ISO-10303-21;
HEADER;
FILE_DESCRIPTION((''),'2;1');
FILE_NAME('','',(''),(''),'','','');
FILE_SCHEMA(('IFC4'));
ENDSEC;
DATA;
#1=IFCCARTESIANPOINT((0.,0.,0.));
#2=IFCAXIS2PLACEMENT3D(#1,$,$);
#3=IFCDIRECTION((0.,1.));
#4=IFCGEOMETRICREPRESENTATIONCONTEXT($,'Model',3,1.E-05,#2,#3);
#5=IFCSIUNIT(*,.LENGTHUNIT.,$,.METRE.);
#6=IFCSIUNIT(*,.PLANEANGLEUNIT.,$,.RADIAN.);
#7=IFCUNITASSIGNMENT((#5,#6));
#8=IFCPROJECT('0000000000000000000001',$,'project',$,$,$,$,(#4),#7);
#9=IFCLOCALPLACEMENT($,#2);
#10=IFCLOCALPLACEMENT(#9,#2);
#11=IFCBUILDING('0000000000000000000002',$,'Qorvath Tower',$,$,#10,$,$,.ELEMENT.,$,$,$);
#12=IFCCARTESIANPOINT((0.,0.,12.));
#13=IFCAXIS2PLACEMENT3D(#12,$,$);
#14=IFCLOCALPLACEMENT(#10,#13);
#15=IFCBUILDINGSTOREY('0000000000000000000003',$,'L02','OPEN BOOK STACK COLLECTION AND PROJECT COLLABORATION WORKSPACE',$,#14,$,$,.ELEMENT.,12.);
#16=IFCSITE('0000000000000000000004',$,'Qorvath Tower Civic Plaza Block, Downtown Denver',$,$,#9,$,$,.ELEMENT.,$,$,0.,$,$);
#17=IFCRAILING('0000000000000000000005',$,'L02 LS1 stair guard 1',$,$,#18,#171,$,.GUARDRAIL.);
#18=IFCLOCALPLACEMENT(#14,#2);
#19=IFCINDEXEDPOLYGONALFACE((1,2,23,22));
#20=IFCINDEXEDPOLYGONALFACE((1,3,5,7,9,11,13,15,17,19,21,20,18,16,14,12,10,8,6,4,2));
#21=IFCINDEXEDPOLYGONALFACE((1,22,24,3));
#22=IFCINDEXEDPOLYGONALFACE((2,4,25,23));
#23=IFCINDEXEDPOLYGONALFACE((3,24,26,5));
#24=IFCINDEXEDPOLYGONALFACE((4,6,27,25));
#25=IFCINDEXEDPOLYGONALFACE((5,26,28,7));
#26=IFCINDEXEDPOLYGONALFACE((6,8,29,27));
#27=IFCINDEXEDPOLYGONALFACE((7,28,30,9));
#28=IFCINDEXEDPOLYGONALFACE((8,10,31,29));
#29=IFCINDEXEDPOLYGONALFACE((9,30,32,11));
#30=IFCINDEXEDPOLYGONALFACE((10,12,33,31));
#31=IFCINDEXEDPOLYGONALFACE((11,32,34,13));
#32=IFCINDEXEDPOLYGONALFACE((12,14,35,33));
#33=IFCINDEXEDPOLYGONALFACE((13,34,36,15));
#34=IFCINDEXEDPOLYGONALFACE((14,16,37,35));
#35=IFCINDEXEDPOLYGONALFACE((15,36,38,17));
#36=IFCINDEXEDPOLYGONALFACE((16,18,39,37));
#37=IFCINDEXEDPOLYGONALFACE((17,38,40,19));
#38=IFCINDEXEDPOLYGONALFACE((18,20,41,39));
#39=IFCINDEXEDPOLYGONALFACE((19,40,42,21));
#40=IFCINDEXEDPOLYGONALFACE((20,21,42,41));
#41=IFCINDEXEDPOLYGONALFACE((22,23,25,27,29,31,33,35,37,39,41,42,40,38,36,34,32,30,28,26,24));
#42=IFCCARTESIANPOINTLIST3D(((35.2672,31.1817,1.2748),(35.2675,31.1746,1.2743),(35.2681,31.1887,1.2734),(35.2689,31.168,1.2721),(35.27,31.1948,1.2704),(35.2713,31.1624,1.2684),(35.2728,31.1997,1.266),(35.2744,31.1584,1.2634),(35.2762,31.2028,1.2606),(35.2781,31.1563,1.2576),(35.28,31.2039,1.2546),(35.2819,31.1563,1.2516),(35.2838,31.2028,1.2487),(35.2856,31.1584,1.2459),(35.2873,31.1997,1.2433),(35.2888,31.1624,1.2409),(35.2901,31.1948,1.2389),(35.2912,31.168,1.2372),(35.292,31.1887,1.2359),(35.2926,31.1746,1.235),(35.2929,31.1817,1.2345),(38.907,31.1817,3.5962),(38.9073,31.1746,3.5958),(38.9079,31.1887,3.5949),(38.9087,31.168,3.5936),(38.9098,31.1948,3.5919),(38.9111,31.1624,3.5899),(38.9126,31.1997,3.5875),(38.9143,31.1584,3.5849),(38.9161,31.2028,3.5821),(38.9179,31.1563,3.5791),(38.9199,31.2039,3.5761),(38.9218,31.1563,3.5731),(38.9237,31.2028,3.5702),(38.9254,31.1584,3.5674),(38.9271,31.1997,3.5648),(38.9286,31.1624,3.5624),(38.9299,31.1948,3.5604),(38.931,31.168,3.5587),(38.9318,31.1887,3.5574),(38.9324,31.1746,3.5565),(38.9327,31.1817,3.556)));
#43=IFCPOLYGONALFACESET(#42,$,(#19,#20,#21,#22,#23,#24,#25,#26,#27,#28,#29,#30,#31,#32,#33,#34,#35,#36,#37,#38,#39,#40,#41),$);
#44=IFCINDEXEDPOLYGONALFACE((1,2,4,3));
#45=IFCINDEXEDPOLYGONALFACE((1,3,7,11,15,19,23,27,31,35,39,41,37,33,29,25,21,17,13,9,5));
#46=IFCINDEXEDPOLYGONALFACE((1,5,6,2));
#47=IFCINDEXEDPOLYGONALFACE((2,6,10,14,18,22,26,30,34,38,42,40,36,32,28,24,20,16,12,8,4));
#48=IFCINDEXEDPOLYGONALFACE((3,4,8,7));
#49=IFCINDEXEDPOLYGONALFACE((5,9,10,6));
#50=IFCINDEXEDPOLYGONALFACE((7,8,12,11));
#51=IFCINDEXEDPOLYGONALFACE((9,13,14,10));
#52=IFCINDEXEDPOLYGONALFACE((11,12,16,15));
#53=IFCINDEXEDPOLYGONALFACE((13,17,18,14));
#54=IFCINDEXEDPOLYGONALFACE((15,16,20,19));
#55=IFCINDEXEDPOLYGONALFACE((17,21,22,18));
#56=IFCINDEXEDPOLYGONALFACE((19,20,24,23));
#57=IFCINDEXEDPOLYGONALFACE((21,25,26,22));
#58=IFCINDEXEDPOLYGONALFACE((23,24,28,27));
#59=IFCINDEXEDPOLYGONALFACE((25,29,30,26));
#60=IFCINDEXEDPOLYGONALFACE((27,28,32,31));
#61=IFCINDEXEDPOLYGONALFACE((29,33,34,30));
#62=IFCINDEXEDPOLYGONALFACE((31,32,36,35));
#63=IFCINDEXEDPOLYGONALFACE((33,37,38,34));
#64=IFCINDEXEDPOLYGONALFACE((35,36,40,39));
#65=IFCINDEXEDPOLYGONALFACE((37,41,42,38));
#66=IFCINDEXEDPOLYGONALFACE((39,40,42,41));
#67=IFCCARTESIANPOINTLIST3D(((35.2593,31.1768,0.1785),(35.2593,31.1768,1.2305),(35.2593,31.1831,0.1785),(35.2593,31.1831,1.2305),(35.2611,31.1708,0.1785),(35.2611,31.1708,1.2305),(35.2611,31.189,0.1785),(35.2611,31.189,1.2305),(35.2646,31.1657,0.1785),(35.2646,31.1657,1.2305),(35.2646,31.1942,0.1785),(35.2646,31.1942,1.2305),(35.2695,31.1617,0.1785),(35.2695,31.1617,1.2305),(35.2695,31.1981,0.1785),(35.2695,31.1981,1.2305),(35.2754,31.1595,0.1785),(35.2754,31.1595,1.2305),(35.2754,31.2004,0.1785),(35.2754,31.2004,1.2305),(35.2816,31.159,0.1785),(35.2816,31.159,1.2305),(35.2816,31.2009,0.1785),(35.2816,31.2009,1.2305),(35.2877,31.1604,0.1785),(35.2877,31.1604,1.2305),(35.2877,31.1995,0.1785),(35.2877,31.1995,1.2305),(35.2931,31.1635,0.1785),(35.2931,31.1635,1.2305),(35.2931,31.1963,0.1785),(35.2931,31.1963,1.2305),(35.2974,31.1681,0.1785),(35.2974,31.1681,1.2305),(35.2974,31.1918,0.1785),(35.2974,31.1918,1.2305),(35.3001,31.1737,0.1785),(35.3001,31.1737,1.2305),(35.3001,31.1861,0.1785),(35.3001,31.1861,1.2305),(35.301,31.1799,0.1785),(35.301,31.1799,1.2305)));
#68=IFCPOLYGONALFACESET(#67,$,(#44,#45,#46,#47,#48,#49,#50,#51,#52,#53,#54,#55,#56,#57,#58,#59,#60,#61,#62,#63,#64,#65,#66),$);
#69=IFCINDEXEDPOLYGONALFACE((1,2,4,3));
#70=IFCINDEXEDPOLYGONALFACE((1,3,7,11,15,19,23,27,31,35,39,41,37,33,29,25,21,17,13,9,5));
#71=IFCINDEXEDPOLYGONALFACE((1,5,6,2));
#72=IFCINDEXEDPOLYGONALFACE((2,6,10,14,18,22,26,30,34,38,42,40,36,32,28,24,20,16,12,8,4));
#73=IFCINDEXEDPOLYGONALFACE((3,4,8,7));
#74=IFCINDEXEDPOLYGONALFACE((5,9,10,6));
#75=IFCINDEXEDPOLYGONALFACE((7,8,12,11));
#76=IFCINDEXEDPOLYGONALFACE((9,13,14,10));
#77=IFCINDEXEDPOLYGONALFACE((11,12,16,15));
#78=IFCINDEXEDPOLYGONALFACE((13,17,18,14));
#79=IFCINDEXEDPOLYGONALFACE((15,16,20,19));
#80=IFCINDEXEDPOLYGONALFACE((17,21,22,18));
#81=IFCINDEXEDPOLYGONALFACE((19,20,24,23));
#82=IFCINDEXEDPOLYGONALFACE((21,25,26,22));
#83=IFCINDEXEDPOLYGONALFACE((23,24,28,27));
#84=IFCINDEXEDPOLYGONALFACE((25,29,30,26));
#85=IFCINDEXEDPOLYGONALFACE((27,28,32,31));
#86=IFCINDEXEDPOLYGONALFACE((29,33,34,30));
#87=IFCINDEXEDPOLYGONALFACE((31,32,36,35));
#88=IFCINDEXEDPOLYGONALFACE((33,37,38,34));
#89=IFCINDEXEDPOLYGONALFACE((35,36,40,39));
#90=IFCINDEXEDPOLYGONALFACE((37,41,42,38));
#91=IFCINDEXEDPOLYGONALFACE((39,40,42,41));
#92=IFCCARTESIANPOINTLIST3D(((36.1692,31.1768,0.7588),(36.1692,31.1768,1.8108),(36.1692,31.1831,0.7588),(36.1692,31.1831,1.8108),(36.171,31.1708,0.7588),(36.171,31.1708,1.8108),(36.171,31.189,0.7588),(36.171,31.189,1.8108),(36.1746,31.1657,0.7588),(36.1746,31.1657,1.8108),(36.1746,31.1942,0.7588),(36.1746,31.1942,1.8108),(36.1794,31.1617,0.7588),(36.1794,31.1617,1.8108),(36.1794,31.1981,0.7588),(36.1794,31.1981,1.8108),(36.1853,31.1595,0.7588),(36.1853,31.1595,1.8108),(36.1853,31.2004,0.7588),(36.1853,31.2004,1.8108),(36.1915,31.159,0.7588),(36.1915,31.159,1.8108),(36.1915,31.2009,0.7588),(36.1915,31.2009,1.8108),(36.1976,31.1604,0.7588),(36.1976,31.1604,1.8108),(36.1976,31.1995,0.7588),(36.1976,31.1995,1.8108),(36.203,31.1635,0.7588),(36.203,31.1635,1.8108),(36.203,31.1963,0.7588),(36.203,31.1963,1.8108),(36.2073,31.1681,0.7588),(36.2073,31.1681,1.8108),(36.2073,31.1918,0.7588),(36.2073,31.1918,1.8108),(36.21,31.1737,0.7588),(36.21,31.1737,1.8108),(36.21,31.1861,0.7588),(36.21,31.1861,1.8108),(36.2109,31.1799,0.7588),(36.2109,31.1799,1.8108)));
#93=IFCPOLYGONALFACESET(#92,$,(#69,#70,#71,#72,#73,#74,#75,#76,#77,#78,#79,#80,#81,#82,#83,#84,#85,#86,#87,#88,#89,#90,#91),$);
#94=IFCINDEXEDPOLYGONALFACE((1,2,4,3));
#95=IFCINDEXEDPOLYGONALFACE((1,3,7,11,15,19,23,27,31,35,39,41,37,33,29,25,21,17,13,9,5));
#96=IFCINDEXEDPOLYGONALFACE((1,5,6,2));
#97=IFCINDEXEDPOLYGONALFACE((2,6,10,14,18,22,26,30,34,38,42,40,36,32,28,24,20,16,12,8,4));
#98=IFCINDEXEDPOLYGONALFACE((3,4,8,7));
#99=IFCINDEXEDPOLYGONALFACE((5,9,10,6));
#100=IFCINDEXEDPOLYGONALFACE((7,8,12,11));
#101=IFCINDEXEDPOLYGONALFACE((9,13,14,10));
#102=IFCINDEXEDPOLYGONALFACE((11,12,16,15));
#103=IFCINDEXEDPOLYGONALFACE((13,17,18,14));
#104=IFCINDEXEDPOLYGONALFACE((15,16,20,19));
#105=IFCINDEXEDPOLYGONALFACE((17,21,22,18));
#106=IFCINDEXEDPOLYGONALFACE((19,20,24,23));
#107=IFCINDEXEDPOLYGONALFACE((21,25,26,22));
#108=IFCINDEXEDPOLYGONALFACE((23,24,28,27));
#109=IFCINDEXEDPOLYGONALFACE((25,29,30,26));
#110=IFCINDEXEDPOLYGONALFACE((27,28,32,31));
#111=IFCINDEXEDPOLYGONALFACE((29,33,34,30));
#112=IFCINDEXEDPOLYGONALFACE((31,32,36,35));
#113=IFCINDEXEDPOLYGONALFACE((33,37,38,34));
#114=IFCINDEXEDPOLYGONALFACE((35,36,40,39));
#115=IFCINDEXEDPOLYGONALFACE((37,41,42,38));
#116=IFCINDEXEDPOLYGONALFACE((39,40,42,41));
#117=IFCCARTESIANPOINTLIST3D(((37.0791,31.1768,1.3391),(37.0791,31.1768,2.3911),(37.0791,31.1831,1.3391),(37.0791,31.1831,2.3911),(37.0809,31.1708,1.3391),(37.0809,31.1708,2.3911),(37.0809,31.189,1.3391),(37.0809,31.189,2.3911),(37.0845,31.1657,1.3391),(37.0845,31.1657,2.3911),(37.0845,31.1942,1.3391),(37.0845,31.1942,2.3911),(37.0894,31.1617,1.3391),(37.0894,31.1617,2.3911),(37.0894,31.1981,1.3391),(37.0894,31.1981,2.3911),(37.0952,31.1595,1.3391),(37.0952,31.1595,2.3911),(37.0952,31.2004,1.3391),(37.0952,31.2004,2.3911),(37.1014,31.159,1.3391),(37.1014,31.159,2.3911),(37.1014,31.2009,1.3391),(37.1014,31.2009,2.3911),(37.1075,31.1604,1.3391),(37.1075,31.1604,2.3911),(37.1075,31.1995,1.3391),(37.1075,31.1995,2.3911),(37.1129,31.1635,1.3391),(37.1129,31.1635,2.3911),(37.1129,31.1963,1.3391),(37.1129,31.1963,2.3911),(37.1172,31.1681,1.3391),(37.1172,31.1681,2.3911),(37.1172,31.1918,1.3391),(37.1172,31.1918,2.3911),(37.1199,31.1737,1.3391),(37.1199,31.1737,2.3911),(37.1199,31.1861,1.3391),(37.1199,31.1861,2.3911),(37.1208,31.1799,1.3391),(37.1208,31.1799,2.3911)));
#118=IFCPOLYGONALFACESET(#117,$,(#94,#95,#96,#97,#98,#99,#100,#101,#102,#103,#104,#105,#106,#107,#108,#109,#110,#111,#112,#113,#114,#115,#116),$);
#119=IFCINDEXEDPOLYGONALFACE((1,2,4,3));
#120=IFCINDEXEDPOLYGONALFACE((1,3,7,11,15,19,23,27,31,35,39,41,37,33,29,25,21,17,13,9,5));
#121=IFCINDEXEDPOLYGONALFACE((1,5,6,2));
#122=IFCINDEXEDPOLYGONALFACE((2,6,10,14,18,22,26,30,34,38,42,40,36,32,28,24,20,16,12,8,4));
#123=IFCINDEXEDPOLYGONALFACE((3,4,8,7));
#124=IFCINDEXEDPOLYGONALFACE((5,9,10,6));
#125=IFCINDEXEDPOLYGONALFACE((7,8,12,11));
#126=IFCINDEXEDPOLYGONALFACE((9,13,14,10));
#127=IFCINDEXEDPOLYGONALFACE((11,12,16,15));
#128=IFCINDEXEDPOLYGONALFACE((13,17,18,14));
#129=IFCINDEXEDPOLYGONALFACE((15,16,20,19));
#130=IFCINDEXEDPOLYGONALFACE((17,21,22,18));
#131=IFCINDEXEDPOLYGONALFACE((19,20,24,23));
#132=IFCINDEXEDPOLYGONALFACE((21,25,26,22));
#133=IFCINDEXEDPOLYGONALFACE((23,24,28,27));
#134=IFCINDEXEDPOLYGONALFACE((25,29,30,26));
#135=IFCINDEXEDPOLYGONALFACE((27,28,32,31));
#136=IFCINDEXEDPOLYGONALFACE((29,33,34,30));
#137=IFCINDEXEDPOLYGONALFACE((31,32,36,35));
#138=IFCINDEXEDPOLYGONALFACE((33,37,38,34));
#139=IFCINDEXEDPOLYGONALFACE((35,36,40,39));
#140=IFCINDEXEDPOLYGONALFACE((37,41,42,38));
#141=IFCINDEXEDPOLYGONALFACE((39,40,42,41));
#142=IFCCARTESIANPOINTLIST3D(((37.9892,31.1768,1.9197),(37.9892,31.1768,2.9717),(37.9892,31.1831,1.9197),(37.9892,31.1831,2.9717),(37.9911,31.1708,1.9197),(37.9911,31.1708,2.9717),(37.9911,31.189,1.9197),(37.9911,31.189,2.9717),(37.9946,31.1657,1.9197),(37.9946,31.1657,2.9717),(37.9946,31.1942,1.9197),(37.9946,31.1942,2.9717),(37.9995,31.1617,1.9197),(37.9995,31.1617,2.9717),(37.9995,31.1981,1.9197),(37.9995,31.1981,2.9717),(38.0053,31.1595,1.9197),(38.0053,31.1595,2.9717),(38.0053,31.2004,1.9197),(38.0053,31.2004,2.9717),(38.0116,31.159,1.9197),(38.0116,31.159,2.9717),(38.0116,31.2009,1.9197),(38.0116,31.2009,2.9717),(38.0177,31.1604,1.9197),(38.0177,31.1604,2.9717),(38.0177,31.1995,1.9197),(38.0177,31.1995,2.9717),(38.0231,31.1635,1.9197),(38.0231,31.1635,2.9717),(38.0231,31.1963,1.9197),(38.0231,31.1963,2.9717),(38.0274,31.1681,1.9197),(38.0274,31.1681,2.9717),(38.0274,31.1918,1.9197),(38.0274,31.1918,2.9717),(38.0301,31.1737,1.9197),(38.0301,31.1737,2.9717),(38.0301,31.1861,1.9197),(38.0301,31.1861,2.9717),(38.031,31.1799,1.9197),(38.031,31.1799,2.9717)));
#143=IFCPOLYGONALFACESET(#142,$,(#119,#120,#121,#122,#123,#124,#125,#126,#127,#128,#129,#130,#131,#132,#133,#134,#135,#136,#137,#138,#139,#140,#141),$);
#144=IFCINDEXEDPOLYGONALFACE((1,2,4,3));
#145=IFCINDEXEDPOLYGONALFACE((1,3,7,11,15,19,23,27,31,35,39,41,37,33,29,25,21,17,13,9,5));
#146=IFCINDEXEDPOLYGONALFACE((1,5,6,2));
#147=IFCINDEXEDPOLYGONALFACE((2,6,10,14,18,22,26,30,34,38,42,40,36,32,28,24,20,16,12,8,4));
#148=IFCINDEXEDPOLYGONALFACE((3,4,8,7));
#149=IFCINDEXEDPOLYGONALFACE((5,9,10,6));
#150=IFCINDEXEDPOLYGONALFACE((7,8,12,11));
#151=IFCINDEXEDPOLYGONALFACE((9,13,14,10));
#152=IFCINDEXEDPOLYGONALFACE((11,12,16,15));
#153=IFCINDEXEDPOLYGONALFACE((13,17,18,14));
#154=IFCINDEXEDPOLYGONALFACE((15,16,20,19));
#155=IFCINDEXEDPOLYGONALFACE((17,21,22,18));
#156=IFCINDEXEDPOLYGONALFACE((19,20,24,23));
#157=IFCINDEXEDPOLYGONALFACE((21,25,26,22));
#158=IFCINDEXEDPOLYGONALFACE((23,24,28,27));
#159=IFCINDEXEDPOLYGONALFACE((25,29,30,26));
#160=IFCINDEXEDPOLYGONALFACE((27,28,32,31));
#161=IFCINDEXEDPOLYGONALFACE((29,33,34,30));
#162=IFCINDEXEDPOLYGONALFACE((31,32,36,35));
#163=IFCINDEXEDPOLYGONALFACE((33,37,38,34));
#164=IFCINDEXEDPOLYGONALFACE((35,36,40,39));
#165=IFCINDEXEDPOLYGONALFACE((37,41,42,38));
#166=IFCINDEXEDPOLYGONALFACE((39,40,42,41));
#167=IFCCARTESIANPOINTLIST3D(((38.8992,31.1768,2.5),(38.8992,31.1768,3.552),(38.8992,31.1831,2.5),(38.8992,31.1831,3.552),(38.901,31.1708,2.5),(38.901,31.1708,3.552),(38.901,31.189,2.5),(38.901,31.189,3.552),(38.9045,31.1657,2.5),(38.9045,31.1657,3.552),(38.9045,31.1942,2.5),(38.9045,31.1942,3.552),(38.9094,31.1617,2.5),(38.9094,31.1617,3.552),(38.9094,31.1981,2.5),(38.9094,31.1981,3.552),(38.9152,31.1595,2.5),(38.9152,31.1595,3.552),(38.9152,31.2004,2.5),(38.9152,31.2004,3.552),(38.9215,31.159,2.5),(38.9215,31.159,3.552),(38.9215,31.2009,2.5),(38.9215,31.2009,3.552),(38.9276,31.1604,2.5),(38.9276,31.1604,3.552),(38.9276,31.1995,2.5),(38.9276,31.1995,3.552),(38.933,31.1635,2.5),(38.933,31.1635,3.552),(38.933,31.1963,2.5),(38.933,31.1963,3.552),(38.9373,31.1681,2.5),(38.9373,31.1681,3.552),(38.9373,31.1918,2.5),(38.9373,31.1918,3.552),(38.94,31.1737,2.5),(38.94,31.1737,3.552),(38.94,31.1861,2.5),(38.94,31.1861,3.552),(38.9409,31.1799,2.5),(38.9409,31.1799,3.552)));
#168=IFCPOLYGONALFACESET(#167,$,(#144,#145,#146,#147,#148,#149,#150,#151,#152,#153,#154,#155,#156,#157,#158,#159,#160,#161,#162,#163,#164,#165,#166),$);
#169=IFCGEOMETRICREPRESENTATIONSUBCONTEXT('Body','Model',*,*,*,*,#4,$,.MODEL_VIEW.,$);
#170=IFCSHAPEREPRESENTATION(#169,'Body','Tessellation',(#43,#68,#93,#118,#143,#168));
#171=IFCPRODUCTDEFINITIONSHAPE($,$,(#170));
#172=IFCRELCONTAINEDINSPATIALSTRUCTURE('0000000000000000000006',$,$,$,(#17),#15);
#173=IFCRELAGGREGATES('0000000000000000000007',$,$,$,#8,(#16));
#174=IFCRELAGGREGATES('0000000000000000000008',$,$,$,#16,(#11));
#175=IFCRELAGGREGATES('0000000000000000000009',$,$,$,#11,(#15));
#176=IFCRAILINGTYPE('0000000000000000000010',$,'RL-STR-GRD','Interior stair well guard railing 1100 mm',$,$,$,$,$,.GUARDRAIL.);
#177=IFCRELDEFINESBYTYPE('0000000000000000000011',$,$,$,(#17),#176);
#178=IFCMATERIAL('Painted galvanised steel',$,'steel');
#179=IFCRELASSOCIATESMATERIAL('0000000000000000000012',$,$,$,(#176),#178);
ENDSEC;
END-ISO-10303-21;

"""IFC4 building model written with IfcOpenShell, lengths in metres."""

from ifc_helpers import new_model, si_unit, direction, frame, origin, origin_2d, place, context, subcontext, project, spatial, circle, extrude, material, type_object, element, save


model = new_model("IFC4")

# Units and contexts
model_context = context("Model", 3, precision=1e-05, world=origin(), true_north=direction((0.0, 1.0)))
body_context = subcontext(model_context, "Body", "Model", "MODEL_VIEW")
ifc_project = project(units=[si_unit("LENGTHUNIT", "METRE"), si_unit("PLANEANGLEUNIT", "RADIAN")], contexts=[model_context])

# Site, building, storey
site_placement = place(None, origin())
site = spatial("IfcSite", under=ifc_project, at=site_placement, Name="Qorvath Tower Civic Plaza Block, Downtown Denver", CompositionType="ELEMENT", RefElevation=0.0)
building_placement = place(site_placement, origin())
building = spatial("IfcBuilding", under=site, at=building_placement, Name="Qorvath Tower", CompositionType="ELEMENT")
storey_placement = place(building_placement, frame((0.0, 0.0, 12.0)))
storey = spatial("IfcBuildingStorey", under=building, at=storey_placement, Name="L02", Description="OPEN BOOK STACK COLLECTION AND PROJECT COLLABORATION WORKSPACE", CompositionType="ELEMENT", Elevation=12.0)

# Railing
ifc_material_1 = material(Name="Painted galvanised steel", Category="steel")
railing_type_1 = type_object("IfcRailingType", Name="RL-STR-GRD", Description="Interior stair well guard railing 1100 mm", PredefinedType="GUARDRAIL", material=ifc_material_1)
railing_1_placement = place(storey_placement, frame((35.28, 31.1799, 0.1785)))
element("IfcRailing", 1, at=railing_1_placement, inside=storey, type_object=railing_type_1, Name="L02 LS1 stair guard 1", PredefinedType="GUARDRAIL", context=body_context, shape_type="SweptSolid", body=[
    extrude(circle(Radius=0.0239, at=origin_2d()), frame((0.0, 0.0, 1.0762), z_axis=(0.843112, 0.0, 0.537739), x_axis=(0.0, 1.0, 0.0)), (0.0, 0.0, 1.0), 4.3171),
    extrude(circle(Radius=0.021, at=origin_2d()), origin(), (0.0, 0.0, 1.0), 1.052),
    extrude(circle(Radius=0.021, at=origin_2d()), frame((0.9099, 0.0, 0.5803)), (0.0, 0.0, 1.0), 1.052),
    extrude(circle(Radius=0.021, at=origin_2d()), frame((1.8198, 0.0, 1.1606)), (0.0, 0.0, 1.0), 1.052),
    extrude(circle(Radius=0.021, at=origin_2d()), frame((2.73, 0.0, 1.7412)), (0.0, 0.0, 1.0), 1.052),
    extrude(circle(Radius=0.021, at=origin_2d()), frame((3.6399, 0.0, 2.3215)), (0.0, 0.0, 1.0), 1.052),
])

save(model, "model.ifc")
